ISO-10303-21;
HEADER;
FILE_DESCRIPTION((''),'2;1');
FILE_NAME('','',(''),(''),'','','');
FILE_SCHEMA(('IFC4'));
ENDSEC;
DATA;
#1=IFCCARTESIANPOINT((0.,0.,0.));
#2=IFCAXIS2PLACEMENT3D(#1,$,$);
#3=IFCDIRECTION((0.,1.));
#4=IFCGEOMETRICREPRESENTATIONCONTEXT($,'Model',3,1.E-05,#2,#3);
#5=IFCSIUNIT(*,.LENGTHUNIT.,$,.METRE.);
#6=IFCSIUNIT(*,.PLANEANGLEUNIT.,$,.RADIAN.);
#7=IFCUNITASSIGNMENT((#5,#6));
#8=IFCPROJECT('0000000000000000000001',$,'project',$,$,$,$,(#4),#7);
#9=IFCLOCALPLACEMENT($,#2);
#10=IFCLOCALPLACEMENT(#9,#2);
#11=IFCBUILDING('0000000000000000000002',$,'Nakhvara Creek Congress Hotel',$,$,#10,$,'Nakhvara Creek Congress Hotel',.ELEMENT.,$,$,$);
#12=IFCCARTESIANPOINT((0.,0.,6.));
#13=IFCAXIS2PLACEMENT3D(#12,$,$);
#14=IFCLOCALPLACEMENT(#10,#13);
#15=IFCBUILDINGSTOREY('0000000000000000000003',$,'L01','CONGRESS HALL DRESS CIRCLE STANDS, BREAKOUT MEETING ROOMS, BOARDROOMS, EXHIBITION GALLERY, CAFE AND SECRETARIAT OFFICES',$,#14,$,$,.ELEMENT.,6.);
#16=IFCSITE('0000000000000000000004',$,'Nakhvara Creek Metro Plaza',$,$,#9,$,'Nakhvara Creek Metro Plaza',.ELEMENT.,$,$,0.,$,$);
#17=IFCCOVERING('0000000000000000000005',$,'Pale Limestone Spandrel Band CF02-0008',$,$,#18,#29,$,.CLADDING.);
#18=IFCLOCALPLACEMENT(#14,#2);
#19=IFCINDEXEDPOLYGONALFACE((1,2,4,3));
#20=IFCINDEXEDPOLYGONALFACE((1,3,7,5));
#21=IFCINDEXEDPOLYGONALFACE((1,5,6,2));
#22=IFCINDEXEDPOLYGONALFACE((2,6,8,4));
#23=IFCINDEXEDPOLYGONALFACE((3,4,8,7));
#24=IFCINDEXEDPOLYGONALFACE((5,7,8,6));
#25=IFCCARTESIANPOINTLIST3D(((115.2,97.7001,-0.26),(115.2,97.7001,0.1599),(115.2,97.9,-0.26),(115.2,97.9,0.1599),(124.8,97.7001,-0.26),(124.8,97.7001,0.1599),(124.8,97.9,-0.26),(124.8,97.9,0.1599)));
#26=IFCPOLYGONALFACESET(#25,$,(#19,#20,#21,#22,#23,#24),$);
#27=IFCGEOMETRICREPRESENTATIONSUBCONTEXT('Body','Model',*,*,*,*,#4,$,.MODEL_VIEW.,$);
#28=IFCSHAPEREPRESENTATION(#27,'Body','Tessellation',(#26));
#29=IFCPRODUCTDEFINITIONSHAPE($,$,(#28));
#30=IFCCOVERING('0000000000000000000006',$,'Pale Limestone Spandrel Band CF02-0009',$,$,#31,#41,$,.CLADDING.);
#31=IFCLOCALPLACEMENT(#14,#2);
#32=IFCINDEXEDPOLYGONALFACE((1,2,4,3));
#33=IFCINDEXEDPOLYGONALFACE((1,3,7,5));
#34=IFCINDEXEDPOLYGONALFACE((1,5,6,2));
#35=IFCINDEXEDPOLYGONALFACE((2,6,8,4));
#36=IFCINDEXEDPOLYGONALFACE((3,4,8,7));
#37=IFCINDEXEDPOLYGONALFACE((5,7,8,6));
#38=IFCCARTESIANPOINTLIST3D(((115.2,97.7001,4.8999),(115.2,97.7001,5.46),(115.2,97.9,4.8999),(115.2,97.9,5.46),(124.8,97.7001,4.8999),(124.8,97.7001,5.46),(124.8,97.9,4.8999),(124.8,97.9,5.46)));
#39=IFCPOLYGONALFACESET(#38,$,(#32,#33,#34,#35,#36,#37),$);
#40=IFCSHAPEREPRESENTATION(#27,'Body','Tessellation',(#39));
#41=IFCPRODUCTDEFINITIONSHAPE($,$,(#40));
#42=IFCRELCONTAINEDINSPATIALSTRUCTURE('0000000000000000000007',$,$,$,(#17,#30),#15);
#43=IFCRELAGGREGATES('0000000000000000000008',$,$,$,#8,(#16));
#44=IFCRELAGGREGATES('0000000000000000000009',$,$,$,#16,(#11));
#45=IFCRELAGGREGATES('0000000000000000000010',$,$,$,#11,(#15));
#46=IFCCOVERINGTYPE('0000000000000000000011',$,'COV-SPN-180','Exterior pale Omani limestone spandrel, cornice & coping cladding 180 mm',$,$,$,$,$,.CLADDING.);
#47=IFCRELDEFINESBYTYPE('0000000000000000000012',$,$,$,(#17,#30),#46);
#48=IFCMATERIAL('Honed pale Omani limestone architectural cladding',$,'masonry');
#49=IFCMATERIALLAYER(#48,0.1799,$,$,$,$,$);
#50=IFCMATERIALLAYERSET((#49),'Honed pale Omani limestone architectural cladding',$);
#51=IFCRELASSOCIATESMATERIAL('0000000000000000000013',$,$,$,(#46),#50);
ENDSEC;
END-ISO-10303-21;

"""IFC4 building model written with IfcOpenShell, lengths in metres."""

from ifc_helpers import new_model, si_unit, direction, frame, origin, origin_2d, place, context, subcontext, project, spatial, rectangle, extrude, material, layer, layer_set, type_object, element, save


model = new_model("IFC4")

# Units and contexts
model_context = context("Model", 3, precision=1e-05, world=origin(), true_north=direction((0.0, 1.0)))
body_context = subcontext(model_context, "Body", "Model", "MODEL_VIEW")
ifc_project = project(units=[si_unit("LENGTHUNIT", "METRE"), si_unit("PLANEANGLEUNIT", "RADIAN")], contexts=[model_context])

# Site, building, storey
site_placement = place(None, origin())
site = spatial("IfcSite", under=ifc_project, at=site_placement, Name="Nakhvara Creek Metro Plaza", LongName="Nakhvara Creek Metro Plaza", CompositionType="ELEMENT", RefElevation=0.0)
building_placement = place(site_placement, origin())
building = spatial("IfcBuilding", under=site, at=building_placement, Name="Nakhvara Creek Congress Hotel", LongName="Nakhvara Creek Congress Hotel", CompositionType="ELEMENT")
storey_placement = place(building_placement, frame((0.0, 0.0, 6.0)))
storey = spatial("IfcBuildingStorey", under=building, at=storey_placement, Name="L01", Description="CONGRESS HALL DRESS CIRCLE STANDS, BREAKOUT MEETING ROOMS, BOARDROOMS, EXHIBITION GALLERY, CAFE AND SECRETARIAT OFFICES", CompositionType="ELEMENT", Elevation=6.0)

# Coverings
ifc_material_1 = material(Name="Honed pale Omani limestone architectural cladding", Category="masonry")
ifc_layer_1 = layer(ifc_material_1, 0.1799)
ifc_layer_set_1 = layer_set([ifc_layer_1], Name="Honed pale Omani limestone architectural cladding")
covering_type = type_object("IfcCoveringType", Name="COV-SPN-180", Description="Exterior pale Omani limestone spandrel, cornice & coping cladding 180 mm", PredefinedType="CLADDING", material=ifc_layer_set_1)
covering_1_placement = place(storey_placement, frame((120.0, 97.8, -0.26), z_axis=(0.0, 0.0, 1.0), x_axis=(1.0, 0.0, 0.0)))
element("IfcCovering", 1, at=covering_1_placement, inside=storey, type_object=covering_type, Name="Pale Limestone Spandrel Band CF02-0008", PredefinedType="CLADDING", context=body_context, shape_type="SweptSolid", body=[
    extrude(rectangle(XDim=9.6001, YDim=0.2, at=origin_2d()), origin(), (0.0, 0.0, 1.0), 0.4199),
])
covering_2_placement = place(storey_placement, frame((120.0, 97.8, 4.8999), z_axis=(0.0, 0.0, 1.0), x_axis=(1.0, 0.0, 0.0)))
element("IfcCovering", 2, at=covering_2_placement, inside=storey, type_object=covering_type, Name="Pale Limestone Spandrel Band CF02-0009", PredefinedType="CLADDING", context=body_context, shape_type="SweptSolid", body=[
    extrude(rectangle(XDim=9.6001, YDim=0.2, at=origin_2d()), origin(), (0.0, 0.0, 1.0), 0.5601),
])

save(model, "model.ifc")
